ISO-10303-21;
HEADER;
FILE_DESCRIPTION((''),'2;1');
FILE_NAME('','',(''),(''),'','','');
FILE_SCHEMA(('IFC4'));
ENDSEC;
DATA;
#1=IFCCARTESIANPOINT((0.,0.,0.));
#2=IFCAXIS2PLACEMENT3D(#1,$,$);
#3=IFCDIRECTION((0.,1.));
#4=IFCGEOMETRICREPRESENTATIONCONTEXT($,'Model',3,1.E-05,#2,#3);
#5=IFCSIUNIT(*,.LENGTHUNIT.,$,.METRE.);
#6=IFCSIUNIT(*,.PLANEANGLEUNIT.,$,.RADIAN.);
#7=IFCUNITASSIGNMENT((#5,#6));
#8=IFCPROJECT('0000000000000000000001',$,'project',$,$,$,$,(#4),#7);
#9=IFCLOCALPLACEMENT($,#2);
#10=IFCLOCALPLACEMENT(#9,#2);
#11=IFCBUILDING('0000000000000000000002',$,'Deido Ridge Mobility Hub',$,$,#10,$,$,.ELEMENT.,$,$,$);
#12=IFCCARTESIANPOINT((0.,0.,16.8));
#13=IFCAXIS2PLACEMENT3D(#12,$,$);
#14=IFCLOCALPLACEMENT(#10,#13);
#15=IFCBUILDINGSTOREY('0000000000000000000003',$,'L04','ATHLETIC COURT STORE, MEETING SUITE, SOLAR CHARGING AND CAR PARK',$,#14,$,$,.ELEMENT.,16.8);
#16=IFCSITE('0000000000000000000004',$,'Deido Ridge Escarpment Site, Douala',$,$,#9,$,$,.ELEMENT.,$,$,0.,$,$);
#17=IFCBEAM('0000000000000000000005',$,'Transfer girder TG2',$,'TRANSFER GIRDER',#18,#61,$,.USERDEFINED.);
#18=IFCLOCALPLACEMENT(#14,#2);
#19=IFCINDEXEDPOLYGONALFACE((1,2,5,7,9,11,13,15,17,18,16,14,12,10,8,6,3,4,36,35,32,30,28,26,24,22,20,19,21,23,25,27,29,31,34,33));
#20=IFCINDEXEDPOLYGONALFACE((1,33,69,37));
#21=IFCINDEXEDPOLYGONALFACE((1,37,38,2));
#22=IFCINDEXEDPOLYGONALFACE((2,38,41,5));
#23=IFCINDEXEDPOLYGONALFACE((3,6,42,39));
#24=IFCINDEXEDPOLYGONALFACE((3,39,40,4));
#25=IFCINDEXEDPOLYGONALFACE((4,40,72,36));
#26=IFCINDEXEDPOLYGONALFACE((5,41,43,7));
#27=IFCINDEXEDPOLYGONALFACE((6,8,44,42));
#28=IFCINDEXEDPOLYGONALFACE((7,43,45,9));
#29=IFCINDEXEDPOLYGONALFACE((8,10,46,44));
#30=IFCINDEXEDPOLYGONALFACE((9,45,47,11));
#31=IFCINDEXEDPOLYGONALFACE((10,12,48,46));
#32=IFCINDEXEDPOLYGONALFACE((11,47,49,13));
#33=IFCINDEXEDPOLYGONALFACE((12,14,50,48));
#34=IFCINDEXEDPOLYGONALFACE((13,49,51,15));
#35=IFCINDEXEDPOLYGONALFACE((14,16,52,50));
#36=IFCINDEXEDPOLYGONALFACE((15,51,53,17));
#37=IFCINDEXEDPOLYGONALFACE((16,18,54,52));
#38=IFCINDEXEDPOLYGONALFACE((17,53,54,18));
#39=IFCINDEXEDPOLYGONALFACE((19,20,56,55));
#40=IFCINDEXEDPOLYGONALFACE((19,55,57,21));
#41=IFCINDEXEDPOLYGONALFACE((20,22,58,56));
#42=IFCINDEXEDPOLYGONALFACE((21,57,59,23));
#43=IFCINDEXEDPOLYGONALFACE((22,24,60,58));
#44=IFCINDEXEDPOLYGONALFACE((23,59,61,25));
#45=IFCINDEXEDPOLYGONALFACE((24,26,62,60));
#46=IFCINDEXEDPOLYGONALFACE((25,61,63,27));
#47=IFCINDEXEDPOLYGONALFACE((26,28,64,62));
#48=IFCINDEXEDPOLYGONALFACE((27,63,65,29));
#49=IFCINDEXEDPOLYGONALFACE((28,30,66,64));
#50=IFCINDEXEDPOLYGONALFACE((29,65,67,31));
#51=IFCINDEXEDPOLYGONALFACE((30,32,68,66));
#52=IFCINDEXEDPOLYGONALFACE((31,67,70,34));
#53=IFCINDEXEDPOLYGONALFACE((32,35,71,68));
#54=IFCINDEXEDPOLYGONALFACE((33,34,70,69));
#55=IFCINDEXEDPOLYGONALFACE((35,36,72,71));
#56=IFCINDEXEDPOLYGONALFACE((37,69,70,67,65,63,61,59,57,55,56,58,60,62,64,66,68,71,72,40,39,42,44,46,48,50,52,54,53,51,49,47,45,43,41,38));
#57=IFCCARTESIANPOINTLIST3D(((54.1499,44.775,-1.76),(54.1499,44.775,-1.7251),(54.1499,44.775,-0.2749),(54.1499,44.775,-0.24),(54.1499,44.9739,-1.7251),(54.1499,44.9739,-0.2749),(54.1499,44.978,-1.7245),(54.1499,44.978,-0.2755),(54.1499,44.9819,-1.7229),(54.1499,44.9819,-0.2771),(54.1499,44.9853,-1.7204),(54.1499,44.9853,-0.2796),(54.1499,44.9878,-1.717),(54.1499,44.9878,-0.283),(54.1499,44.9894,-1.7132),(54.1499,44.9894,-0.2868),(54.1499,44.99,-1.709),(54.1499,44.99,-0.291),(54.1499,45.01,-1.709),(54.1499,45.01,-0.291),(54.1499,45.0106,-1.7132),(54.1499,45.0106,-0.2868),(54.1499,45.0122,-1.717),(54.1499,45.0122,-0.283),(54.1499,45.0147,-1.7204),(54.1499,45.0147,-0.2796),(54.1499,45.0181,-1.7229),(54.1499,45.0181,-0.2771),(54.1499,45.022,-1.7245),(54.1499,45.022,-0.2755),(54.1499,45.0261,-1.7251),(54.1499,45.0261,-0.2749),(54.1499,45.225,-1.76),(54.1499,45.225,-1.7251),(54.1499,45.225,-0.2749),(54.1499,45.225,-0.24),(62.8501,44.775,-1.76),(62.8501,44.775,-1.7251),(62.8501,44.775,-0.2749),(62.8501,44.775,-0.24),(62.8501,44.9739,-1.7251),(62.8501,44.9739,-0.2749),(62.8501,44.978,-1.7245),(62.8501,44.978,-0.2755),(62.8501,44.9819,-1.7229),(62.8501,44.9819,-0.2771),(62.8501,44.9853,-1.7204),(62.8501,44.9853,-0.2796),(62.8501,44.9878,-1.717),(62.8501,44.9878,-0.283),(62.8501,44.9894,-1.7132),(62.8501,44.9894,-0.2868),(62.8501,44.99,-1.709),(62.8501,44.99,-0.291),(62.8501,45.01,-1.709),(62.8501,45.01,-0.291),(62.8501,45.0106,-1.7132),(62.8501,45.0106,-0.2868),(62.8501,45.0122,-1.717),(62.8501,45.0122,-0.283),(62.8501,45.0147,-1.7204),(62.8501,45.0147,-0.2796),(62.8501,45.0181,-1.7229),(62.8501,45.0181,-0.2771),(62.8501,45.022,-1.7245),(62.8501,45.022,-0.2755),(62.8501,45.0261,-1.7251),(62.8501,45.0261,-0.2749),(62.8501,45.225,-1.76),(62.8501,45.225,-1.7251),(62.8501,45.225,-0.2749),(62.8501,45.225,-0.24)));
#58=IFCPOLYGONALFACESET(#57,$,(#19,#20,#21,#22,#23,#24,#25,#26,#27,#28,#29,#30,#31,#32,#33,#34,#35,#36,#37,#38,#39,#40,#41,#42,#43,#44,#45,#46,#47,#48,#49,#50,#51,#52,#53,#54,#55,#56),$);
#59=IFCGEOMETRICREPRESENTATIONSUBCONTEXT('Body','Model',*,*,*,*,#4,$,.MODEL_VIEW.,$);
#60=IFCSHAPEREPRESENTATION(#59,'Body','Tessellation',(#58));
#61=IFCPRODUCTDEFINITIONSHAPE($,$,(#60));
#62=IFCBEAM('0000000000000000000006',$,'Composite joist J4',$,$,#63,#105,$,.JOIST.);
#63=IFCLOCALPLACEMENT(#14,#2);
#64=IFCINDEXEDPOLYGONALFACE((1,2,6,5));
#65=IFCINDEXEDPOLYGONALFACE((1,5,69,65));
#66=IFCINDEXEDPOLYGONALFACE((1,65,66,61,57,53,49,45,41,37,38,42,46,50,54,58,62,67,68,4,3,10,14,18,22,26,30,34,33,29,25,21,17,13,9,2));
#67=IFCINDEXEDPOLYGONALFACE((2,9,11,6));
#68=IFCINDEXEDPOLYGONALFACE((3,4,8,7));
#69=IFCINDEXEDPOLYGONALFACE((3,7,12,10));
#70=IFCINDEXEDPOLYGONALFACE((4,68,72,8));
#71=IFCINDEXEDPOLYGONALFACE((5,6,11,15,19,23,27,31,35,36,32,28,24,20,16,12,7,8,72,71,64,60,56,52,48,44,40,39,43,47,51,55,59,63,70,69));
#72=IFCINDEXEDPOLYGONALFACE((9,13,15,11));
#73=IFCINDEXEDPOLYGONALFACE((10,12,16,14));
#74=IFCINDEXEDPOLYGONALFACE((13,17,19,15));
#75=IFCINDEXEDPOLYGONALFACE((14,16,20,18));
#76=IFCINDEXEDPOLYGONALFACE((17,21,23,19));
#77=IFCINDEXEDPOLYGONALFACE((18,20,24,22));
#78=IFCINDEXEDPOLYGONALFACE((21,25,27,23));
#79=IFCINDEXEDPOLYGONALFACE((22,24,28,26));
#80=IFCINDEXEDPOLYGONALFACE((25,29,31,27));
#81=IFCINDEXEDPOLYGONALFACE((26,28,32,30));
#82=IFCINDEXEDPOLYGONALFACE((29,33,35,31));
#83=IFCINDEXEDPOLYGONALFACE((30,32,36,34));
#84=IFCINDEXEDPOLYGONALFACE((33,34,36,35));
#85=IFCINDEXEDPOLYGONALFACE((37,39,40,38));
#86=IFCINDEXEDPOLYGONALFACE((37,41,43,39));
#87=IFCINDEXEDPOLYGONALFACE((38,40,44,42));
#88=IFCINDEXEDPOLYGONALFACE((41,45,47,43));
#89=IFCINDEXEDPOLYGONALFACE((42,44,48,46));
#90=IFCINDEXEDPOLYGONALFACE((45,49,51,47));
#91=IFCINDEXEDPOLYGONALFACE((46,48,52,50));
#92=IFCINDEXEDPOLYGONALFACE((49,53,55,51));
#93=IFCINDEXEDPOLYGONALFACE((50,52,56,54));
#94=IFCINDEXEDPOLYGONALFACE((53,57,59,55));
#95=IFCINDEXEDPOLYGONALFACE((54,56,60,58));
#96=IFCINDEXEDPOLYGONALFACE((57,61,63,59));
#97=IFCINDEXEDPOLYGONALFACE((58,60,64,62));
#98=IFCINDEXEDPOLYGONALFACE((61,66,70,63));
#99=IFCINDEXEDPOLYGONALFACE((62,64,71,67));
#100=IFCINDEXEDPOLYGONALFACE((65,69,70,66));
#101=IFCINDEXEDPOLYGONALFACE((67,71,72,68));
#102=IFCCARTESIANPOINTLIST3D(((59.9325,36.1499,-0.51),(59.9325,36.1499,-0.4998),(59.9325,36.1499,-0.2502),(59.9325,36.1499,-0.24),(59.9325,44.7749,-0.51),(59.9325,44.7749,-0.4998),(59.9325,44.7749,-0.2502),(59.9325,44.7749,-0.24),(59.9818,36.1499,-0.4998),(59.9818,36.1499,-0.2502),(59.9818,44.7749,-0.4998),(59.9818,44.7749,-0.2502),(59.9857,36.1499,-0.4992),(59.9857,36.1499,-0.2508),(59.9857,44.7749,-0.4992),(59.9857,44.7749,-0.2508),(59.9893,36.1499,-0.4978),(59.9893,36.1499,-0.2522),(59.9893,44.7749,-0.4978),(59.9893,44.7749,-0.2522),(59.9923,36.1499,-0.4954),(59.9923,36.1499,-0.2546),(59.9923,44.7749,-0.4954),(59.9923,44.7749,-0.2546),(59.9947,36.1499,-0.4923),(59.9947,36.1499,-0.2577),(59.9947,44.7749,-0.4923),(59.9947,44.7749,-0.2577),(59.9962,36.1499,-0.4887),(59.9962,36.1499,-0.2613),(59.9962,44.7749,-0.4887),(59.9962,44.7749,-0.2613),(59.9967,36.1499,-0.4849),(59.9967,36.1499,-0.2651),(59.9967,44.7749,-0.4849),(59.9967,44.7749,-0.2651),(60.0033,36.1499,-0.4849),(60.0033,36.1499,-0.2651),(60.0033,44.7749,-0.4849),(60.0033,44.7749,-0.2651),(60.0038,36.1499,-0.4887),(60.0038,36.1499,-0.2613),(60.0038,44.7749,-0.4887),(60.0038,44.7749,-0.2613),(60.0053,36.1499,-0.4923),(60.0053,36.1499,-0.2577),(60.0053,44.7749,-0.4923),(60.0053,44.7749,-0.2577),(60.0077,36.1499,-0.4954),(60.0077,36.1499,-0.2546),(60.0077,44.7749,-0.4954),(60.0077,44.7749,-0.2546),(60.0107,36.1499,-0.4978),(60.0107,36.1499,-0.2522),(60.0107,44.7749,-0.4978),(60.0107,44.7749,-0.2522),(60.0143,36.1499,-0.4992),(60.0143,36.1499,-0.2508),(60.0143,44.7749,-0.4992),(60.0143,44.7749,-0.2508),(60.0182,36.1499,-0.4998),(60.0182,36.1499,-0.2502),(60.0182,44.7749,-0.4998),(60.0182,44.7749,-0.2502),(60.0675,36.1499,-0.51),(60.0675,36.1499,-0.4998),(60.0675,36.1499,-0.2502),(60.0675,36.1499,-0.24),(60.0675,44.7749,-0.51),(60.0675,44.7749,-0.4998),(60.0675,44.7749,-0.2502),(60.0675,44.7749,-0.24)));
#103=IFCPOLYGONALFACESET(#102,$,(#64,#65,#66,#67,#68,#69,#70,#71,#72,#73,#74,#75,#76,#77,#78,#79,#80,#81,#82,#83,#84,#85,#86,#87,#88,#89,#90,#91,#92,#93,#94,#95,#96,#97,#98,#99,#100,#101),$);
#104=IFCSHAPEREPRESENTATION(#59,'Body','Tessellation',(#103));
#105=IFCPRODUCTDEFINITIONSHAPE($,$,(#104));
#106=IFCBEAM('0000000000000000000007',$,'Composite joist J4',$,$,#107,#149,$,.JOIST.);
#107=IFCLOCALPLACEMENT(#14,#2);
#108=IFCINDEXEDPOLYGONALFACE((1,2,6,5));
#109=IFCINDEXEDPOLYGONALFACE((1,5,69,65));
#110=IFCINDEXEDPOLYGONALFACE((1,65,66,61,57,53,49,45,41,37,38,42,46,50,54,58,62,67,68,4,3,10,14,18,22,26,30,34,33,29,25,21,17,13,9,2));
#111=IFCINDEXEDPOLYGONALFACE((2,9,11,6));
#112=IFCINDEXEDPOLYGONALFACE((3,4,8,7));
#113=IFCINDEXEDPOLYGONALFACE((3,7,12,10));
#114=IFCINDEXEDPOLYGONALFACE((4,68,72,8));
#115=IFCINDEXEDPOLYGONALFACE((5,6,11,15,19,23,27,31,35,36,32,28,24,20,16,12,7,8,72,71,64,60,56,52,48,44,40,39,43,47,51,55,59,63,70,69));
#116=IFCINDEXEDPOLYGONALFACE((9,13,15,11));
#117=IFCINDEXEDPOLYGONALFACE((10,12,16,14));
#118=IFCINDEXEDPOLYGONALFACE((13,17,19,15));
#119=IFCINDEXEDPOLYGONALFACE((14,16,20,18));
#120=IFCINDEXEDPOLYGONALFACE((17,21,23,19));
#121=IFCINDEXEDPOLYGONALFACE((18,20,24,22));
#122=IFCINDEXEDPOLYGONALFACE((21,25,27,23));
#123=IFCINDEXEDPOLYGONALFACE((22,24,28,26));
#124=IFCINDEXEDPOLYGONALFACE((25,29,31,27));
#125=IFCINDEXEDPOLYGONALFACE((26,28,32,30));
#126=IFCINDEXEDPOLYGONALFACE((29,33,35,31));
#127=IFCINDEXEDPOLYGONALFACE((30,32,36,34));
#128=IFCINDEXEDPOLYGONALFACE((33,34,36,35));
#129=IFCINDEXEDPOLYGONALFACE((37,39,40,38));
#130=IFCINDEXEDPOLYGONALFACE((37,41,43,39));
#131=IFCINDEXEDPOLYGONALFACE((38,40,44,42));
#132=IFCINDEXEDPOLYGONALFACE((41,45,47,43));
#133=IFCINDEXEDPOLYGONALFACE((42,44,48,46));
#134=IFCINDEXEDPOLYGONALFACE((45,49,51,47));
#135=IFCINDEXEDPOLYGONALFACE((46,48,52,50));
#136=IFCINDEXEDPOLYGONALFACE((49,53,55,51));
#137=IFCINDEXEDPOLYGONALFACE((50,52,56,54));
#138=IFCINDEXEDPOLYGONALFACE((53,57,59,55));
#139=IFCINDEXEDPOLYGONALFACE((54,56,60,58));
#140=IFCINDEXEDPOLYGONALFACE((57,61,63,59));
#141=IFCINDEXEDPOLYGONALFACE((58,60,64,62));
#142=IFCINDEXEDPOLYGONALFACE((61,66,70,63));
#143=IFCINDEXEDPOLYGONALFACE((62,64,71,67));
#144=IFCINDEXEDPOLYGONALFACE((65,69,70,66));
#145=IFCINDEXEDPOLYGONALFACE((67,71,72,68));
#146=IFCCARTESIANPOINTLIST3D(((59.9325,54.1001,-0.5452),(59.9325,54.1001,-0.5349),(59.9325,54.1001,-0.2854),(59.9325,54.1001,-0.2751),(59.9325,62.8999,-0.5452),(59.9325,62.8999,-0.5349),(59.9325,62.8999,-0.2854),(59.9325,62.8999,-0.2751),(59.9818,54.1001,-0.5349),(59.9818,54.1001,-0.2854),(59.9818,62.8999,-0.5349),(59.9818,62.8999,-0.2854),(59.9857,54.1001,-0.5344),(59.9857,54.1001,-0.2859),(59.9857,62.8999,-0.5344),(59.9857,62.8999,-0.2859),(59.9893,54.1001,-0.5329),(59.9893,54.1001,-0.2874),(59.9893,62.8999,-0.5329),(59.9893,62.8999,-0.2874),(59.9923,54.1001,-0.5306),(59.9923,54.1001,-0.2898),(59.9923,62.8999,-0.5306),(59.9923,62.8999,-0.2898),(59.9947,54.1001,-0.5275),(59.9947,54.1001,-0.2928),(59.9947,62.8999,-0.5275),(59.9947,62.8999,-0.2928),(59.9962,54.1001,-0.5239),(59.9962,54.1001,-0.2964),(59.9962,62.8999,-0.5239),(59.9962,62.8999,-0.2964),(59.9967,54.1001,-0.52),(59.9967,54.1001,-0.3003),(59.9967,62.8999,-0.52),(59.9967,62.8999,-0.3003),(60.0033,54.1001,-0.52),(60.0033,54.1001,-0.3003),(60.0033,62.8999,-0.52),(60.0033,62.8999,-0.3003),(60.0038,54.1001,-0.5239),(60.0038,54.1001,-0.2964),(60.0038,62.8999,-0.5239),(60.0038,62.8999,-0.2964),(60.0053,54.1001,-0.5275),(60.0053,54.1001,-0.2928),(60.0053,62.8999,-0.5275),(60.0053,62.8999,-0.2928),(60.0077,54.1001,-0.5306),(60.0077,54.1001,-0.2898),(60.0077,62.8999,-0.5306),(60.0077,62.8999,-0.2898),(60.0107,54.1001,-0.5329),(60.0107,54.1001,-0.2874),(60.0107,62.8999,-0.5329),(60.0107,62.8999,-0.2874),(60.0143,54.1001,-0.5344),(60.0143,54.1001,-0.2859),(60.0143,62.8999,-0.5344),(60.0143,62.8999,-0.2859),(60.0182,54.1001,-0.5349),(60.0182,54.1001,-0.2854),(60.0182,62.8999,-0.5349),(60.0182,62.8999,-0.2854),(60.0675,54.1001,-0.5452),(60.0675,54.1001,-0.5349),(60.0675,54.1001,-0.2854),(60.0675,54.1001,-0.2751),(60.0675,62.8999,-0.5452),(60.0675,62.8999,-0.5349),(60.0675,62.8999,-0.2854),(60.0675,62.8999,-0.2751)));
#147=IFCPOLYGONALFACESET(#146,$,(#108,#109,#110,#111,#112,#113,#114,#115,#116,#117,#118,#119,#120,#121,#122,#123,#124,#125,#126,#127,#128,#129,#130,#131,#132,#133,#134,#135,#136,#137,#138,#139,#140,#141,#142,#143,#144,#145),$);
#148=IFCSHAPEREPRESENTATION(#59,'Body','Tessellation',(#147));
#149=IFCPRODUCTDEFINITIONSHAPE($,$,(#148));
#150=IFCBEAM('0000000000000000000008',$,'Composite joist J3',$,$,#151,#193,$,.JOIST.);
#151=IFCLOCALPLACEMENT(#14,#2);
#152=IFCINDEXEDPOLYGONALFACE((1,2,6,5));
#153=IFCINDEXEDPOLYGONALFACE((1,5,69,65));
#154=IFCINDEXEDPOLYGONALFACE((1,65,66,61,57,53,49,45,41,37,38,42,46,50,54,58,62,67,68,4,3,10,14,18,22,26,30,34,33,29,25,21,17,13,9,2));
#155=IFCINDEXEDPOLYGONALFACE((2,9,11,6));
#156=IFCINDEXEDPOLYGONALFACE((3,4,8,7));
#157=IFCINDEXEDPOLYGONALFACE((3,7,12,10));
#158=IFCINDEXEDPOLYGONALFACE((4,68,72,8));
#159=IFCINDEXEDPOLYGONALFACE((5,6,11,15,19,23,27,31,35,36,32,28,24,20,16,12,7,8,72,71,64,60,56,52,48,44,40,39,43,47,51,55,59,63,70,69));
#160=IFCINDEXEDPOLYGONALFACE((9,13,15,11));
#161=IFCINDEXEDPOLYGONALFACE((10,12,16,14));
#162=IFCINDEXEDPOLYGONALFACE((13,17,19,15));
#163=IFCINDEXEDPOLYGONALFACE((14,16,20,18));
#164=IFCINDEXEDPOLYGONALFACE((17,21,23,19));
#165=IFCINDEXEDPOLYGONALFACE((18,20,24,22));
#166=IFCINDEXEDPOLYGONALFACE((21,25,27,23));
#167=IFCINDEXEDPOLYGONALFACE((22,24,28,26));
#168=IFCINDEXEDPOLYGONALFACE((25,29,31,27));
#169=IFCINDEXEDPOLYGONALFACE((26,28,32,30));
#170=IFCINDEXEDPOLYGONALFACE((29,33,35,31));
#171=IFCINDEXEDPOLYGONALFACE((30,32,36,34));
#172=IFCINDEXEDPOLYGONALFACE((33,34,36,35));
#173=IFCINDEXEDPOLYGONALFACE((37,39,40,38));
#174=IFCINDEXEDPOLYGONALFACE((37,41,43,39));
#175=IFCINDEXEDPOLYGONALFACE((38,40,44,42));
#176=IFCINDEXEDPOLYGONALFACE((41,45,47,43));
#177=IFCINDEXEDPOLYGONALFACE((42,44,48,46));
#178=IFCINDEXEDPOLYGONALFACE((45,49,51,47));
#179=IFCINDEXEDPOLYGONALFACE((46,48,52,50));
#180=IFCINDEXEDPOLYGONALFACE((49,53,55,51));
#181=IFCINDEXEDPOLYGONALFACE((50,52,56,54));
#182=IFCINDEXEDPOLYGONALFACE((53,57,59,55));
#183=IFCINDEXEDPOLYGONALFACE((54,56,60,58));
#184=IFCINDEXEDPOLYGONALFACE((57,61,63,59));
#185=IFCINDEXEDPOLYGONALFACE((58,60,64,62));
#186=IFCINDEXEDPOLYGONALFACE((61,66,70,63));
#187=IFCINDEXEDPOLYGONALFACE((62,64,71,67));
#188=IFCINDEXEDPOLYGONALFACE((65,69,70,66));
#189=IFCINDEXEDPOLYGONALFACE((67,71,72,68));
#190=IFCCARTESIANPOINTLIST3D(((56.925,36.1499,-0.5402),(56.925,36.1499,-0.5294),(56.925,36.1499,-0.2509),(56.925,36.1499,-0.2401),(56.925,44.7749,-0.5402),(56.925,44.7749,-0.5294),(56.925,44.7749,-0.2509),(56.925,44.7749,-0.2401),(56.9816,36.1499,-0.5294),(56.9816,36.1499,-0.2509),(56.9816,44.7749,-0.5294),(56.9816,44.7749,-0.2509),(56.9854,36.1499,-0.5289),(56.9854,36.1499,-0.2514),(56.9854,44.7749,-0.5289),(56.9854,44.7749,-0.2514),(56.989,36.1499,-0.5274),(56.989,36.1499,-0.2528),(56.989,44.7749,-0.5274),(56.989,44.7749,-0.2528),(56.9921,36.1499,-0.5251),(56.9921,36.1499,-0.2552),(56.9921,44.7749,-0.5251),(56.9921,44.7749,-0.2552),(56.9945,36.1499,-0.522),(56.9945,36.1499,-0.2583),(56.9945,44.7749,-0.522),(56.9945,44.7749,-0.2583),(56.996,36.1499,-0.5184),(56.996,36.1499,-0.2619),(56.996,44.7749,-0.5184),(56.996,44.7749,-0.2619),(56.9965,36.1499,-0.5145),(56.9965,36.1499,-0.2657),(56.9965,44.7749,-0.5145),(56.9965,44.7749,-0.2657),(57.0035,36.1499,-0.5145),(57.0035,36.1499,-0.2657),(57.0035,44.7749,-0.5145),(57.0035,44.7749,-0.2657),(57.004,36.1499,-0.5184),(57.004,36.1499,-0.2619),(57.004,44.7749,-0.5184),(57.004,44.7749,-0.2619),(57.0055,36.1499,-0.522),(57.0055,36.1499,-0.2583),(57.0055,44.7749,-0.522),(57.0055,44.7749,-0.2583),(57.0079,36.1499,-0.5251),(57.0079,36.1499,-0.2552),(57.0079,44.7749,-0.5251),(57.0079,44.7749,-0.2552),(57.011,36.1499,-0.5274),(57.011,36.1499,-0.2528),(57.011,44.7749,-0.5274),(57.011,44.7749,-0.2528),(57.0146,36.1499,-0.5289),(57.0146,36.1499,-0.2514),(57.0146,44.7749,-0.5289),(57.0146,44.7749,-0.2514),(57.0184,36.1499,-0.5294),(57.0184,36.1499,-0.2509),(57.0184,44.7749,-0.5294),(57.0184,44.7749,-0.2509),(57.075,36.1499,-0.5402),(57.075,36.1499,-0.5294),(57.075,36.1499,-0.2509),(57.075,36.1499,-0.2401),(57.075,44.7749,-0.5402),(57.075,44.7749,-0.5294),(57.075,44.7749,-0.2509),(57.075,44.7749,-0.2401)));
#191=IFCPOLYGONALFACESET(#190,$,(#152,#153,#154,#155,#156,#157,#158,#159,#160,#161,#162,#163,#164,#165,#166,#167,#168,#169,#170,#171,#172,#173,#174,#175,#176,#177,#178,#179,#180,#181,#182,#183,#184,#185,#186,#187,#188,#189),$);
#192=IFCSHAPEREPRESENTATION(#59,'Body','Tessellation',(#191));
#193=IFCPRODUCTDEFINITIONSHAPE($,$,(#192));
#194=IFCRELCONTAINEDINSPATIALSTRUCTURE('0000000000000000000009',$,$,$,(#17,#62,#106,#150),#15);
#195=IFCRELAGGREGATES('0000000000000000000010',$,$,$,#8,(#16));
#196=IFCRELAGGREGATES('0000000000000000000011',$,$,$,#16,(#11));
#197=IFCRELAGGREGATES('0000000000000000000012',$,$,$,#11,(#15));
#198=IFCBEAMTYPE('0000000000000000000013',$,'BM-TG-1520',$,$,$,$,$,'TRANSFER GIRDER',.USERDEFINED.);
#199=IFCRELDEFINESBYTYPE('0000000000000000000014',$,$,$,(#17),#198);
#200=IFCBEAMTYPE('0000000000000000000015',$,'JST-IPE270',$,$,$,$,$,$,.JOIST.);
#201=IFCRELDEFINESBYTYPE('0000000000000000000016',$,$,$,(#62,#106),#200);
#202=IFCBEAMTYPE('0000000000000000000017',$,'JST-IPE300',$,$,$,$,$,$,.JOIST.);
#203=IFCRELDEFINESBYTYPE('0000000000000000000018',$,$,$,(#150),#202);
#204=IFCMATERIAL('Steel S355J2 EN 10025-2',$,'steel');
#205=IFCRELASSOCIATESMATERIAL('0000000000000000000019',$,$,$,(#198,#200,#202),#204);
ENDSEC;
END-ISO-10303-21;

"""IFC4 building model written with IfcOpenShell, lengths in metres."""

from ifc_helpers import new_model, si_unit, direction, frame, origin, origin_2d, place, context, subcontext, project, spatial, i_section, extrude, material, material_profile, profile_set, type_object, element, save


model = new_model("IFC4")

# Units and contexts
model_context = context("Model", 3, precision=1e-05, world=origin(), true_north=direction((0.0, 1.0)))
body_context = subcontext(model_context, "Body", "Model", "MODEL_VIEW")
ifc_project = project(units=[si_unit("LENGTHUNIT", "METRE"), si_unit("PLANEANGLEUNIT", "RADIAN")], contexts=[model_context])

# Site, building, storey
site_placement = place(None, origin())
site = spatial("IfcSite", under=ifc_project, at=site_placement, Name="Deido Ridge Escarpment Site, Douala", CompositionType="ELEMENT", RefElevation=0.0)
building_placement = place(site_placement, origin())
building = spatial("IfcBuilding", under=site, at=building_placement, Name="Deido Ridge Mobility Hub", CompositionType="ELEMENT")
storey_placement = place(building_placement, frame((0.0, 0.0, 16.8)))
storey = spatial("IfcBuildingStorey", under=building, at=storey_placement, Name="L04", Description="ATHLETIC COURT STORE, MEETING SUITE, SOLAR CHARGING AND CAR PARK", CompositionType="ELEMENT", Elevation=16.8)

# Shared definitions
ifc_material_1 = material(Name="Steel S355J2 EN 10025-2", Category="steel")

# Beams
ifc_material_profile_1 = material_profile(ifc_material_1, i_section(OverallWidth=0.45, OverallDepth=1.52, WebThickness=0.02, FlangeThickness=0.0349, FilletRadius=0.0161, at=origin_2d()), Name="WTG 1520x450")
ifc_profile_set_1 = profile_set([ifc_material_profile_1], Name="Steel S355J2 EN 10025-2")
beam_type_1 = type_object("IfcBeamType", Name="BM-TG-1520", ElementType="TRANSFER GIRDER", PredefinedType="USERDEFINED", material=ifc_profile_set_1)
beam_1_placement = place(storey_placement, frame((54.1499, 45.0, -1.0), z_axis=(1.0, 0.0, 0.0), x_axis=(0.0, 1.0, 0.0)))
element("IfcBeam", 1, at=beam_1_placement, inside=storey, type_object=beam_type_1, Name="Transfer girder TG2", ObjectType="TRANSFER GIRDER", PredefinedType="USERDEFINED", context=body_context, shape_type="SweptSolid", body=[
    extrude(i_section(OverallWidth=0.45, OverallDepth=1.52, WebThickness=0.02, FlangeThickness=0.0349, FilletRadius=0.0161, at=origin_2d()), origin(), (0.0, 0.0, 1.0), 8.7002),
])
ifc_material_profile_2 = material_profile(ifc_material_1, i_section(OverallWidth=0.135, OverallDepth=0.27, WebThickness=0.0066, FlangeThickness=0.0103, FilletRadius=0.0149, at=origin_2d()), Name="IPE 270")
ifc_profile_set_2 = profile_set([ifc_material_profile_2], Name="Steel S355J2 EN 10025-2")
beam_type_2 = type_object("IfcBeamType", Name="JST-IPE270", PredefinedType="JOIST", material=ifc_profile_set_2)
beam_2_placement = place(storey_placement, frame((60.0, 36.1499, -0.375), z_axis=(0.0, 1.0, 0.0), x_axis=(-1.0, 0.0, 0.0)))
element("IfcBeam", 2, at=beam_2_placement, inside=storey, type_object=beam_type_2, Name="Composite joist J4", PredefinedType="JOIST", context=body_context, shape_type="SweptSolid", body=[
    extrude(i_section(OverallWidth=0.135, OverallDepth=0.27, WebThickness=0.0066, FlangeThickness=0.0103, FilletRadius=0.0149, at=origin_2d()), origin(), (0.0, 0.0, 1.0), 8.625),
])
beam_3_placement = place(storey_placement, frame((60.0, 54.1001, -0.4102), z_axis=(0.0, 1.0, 0.0), x_axis=(-1.0, 0.0, 0.0)))
element("IfcBeam", 3, at=beam_3_placement, inside=storey, type_object=beam_type_2, Name="Composite joist J4", PredefinedType="JOIST", context=body_context, shape_type="SweptSolid", body=[
    extrude(i_section(OverallWidth=0.135, OverallDepth=0.27, WebThickness=0.0066, FlangeThickness=0.0103, FilletRadius=0.0149, at=origin_2d()), origin(), (0.0, 0.0, 1.0), 8.7998),
])
ifc_material_profile_3 = material_profile(ifc_material_1, i_section(OverallWidth=0.1499, OverallDepth=0.3, WebThickness=0.0071, FlangeThickness=0.0107, FilletRadius=0.0149, at=origin_2d()), Name="IPE 300")
ifc_profile_set_3 = profile_set([ifc_material_profile_3], Name="Steel S355J2 EN 10025-2")
beam_type_3 = type_object("IfcBeamType", Name="JST-IPE300", PredefinedType="JOIST", material=ifc_profile_set_3)
beam_4_placement = place(storey_placement, frame((57.0, 36.1499, -0.3901), z_axis=(0.0, 1.0, 0.0), x_axis=(-1.0, 0.0, 0.0)))
element("IfcBeam", 4, at=beam_4_placement, inside=storey, type_object=beam_type_3, Name="Composite joist J3", PredefinedType="JOIST", context=body_context, shape_type="SweptSolid", body=[
    extrude(i_section(OverallWidth=0.1499, OverallDepth=0.3, WebThickness=0.0071, FlangeThickness=0.0107, FilletRadius=0.0149, at=origin_2d()), origin(), (0.0, 0.0, 1.0), 8.625),
])

save(model, "model.ifc")
